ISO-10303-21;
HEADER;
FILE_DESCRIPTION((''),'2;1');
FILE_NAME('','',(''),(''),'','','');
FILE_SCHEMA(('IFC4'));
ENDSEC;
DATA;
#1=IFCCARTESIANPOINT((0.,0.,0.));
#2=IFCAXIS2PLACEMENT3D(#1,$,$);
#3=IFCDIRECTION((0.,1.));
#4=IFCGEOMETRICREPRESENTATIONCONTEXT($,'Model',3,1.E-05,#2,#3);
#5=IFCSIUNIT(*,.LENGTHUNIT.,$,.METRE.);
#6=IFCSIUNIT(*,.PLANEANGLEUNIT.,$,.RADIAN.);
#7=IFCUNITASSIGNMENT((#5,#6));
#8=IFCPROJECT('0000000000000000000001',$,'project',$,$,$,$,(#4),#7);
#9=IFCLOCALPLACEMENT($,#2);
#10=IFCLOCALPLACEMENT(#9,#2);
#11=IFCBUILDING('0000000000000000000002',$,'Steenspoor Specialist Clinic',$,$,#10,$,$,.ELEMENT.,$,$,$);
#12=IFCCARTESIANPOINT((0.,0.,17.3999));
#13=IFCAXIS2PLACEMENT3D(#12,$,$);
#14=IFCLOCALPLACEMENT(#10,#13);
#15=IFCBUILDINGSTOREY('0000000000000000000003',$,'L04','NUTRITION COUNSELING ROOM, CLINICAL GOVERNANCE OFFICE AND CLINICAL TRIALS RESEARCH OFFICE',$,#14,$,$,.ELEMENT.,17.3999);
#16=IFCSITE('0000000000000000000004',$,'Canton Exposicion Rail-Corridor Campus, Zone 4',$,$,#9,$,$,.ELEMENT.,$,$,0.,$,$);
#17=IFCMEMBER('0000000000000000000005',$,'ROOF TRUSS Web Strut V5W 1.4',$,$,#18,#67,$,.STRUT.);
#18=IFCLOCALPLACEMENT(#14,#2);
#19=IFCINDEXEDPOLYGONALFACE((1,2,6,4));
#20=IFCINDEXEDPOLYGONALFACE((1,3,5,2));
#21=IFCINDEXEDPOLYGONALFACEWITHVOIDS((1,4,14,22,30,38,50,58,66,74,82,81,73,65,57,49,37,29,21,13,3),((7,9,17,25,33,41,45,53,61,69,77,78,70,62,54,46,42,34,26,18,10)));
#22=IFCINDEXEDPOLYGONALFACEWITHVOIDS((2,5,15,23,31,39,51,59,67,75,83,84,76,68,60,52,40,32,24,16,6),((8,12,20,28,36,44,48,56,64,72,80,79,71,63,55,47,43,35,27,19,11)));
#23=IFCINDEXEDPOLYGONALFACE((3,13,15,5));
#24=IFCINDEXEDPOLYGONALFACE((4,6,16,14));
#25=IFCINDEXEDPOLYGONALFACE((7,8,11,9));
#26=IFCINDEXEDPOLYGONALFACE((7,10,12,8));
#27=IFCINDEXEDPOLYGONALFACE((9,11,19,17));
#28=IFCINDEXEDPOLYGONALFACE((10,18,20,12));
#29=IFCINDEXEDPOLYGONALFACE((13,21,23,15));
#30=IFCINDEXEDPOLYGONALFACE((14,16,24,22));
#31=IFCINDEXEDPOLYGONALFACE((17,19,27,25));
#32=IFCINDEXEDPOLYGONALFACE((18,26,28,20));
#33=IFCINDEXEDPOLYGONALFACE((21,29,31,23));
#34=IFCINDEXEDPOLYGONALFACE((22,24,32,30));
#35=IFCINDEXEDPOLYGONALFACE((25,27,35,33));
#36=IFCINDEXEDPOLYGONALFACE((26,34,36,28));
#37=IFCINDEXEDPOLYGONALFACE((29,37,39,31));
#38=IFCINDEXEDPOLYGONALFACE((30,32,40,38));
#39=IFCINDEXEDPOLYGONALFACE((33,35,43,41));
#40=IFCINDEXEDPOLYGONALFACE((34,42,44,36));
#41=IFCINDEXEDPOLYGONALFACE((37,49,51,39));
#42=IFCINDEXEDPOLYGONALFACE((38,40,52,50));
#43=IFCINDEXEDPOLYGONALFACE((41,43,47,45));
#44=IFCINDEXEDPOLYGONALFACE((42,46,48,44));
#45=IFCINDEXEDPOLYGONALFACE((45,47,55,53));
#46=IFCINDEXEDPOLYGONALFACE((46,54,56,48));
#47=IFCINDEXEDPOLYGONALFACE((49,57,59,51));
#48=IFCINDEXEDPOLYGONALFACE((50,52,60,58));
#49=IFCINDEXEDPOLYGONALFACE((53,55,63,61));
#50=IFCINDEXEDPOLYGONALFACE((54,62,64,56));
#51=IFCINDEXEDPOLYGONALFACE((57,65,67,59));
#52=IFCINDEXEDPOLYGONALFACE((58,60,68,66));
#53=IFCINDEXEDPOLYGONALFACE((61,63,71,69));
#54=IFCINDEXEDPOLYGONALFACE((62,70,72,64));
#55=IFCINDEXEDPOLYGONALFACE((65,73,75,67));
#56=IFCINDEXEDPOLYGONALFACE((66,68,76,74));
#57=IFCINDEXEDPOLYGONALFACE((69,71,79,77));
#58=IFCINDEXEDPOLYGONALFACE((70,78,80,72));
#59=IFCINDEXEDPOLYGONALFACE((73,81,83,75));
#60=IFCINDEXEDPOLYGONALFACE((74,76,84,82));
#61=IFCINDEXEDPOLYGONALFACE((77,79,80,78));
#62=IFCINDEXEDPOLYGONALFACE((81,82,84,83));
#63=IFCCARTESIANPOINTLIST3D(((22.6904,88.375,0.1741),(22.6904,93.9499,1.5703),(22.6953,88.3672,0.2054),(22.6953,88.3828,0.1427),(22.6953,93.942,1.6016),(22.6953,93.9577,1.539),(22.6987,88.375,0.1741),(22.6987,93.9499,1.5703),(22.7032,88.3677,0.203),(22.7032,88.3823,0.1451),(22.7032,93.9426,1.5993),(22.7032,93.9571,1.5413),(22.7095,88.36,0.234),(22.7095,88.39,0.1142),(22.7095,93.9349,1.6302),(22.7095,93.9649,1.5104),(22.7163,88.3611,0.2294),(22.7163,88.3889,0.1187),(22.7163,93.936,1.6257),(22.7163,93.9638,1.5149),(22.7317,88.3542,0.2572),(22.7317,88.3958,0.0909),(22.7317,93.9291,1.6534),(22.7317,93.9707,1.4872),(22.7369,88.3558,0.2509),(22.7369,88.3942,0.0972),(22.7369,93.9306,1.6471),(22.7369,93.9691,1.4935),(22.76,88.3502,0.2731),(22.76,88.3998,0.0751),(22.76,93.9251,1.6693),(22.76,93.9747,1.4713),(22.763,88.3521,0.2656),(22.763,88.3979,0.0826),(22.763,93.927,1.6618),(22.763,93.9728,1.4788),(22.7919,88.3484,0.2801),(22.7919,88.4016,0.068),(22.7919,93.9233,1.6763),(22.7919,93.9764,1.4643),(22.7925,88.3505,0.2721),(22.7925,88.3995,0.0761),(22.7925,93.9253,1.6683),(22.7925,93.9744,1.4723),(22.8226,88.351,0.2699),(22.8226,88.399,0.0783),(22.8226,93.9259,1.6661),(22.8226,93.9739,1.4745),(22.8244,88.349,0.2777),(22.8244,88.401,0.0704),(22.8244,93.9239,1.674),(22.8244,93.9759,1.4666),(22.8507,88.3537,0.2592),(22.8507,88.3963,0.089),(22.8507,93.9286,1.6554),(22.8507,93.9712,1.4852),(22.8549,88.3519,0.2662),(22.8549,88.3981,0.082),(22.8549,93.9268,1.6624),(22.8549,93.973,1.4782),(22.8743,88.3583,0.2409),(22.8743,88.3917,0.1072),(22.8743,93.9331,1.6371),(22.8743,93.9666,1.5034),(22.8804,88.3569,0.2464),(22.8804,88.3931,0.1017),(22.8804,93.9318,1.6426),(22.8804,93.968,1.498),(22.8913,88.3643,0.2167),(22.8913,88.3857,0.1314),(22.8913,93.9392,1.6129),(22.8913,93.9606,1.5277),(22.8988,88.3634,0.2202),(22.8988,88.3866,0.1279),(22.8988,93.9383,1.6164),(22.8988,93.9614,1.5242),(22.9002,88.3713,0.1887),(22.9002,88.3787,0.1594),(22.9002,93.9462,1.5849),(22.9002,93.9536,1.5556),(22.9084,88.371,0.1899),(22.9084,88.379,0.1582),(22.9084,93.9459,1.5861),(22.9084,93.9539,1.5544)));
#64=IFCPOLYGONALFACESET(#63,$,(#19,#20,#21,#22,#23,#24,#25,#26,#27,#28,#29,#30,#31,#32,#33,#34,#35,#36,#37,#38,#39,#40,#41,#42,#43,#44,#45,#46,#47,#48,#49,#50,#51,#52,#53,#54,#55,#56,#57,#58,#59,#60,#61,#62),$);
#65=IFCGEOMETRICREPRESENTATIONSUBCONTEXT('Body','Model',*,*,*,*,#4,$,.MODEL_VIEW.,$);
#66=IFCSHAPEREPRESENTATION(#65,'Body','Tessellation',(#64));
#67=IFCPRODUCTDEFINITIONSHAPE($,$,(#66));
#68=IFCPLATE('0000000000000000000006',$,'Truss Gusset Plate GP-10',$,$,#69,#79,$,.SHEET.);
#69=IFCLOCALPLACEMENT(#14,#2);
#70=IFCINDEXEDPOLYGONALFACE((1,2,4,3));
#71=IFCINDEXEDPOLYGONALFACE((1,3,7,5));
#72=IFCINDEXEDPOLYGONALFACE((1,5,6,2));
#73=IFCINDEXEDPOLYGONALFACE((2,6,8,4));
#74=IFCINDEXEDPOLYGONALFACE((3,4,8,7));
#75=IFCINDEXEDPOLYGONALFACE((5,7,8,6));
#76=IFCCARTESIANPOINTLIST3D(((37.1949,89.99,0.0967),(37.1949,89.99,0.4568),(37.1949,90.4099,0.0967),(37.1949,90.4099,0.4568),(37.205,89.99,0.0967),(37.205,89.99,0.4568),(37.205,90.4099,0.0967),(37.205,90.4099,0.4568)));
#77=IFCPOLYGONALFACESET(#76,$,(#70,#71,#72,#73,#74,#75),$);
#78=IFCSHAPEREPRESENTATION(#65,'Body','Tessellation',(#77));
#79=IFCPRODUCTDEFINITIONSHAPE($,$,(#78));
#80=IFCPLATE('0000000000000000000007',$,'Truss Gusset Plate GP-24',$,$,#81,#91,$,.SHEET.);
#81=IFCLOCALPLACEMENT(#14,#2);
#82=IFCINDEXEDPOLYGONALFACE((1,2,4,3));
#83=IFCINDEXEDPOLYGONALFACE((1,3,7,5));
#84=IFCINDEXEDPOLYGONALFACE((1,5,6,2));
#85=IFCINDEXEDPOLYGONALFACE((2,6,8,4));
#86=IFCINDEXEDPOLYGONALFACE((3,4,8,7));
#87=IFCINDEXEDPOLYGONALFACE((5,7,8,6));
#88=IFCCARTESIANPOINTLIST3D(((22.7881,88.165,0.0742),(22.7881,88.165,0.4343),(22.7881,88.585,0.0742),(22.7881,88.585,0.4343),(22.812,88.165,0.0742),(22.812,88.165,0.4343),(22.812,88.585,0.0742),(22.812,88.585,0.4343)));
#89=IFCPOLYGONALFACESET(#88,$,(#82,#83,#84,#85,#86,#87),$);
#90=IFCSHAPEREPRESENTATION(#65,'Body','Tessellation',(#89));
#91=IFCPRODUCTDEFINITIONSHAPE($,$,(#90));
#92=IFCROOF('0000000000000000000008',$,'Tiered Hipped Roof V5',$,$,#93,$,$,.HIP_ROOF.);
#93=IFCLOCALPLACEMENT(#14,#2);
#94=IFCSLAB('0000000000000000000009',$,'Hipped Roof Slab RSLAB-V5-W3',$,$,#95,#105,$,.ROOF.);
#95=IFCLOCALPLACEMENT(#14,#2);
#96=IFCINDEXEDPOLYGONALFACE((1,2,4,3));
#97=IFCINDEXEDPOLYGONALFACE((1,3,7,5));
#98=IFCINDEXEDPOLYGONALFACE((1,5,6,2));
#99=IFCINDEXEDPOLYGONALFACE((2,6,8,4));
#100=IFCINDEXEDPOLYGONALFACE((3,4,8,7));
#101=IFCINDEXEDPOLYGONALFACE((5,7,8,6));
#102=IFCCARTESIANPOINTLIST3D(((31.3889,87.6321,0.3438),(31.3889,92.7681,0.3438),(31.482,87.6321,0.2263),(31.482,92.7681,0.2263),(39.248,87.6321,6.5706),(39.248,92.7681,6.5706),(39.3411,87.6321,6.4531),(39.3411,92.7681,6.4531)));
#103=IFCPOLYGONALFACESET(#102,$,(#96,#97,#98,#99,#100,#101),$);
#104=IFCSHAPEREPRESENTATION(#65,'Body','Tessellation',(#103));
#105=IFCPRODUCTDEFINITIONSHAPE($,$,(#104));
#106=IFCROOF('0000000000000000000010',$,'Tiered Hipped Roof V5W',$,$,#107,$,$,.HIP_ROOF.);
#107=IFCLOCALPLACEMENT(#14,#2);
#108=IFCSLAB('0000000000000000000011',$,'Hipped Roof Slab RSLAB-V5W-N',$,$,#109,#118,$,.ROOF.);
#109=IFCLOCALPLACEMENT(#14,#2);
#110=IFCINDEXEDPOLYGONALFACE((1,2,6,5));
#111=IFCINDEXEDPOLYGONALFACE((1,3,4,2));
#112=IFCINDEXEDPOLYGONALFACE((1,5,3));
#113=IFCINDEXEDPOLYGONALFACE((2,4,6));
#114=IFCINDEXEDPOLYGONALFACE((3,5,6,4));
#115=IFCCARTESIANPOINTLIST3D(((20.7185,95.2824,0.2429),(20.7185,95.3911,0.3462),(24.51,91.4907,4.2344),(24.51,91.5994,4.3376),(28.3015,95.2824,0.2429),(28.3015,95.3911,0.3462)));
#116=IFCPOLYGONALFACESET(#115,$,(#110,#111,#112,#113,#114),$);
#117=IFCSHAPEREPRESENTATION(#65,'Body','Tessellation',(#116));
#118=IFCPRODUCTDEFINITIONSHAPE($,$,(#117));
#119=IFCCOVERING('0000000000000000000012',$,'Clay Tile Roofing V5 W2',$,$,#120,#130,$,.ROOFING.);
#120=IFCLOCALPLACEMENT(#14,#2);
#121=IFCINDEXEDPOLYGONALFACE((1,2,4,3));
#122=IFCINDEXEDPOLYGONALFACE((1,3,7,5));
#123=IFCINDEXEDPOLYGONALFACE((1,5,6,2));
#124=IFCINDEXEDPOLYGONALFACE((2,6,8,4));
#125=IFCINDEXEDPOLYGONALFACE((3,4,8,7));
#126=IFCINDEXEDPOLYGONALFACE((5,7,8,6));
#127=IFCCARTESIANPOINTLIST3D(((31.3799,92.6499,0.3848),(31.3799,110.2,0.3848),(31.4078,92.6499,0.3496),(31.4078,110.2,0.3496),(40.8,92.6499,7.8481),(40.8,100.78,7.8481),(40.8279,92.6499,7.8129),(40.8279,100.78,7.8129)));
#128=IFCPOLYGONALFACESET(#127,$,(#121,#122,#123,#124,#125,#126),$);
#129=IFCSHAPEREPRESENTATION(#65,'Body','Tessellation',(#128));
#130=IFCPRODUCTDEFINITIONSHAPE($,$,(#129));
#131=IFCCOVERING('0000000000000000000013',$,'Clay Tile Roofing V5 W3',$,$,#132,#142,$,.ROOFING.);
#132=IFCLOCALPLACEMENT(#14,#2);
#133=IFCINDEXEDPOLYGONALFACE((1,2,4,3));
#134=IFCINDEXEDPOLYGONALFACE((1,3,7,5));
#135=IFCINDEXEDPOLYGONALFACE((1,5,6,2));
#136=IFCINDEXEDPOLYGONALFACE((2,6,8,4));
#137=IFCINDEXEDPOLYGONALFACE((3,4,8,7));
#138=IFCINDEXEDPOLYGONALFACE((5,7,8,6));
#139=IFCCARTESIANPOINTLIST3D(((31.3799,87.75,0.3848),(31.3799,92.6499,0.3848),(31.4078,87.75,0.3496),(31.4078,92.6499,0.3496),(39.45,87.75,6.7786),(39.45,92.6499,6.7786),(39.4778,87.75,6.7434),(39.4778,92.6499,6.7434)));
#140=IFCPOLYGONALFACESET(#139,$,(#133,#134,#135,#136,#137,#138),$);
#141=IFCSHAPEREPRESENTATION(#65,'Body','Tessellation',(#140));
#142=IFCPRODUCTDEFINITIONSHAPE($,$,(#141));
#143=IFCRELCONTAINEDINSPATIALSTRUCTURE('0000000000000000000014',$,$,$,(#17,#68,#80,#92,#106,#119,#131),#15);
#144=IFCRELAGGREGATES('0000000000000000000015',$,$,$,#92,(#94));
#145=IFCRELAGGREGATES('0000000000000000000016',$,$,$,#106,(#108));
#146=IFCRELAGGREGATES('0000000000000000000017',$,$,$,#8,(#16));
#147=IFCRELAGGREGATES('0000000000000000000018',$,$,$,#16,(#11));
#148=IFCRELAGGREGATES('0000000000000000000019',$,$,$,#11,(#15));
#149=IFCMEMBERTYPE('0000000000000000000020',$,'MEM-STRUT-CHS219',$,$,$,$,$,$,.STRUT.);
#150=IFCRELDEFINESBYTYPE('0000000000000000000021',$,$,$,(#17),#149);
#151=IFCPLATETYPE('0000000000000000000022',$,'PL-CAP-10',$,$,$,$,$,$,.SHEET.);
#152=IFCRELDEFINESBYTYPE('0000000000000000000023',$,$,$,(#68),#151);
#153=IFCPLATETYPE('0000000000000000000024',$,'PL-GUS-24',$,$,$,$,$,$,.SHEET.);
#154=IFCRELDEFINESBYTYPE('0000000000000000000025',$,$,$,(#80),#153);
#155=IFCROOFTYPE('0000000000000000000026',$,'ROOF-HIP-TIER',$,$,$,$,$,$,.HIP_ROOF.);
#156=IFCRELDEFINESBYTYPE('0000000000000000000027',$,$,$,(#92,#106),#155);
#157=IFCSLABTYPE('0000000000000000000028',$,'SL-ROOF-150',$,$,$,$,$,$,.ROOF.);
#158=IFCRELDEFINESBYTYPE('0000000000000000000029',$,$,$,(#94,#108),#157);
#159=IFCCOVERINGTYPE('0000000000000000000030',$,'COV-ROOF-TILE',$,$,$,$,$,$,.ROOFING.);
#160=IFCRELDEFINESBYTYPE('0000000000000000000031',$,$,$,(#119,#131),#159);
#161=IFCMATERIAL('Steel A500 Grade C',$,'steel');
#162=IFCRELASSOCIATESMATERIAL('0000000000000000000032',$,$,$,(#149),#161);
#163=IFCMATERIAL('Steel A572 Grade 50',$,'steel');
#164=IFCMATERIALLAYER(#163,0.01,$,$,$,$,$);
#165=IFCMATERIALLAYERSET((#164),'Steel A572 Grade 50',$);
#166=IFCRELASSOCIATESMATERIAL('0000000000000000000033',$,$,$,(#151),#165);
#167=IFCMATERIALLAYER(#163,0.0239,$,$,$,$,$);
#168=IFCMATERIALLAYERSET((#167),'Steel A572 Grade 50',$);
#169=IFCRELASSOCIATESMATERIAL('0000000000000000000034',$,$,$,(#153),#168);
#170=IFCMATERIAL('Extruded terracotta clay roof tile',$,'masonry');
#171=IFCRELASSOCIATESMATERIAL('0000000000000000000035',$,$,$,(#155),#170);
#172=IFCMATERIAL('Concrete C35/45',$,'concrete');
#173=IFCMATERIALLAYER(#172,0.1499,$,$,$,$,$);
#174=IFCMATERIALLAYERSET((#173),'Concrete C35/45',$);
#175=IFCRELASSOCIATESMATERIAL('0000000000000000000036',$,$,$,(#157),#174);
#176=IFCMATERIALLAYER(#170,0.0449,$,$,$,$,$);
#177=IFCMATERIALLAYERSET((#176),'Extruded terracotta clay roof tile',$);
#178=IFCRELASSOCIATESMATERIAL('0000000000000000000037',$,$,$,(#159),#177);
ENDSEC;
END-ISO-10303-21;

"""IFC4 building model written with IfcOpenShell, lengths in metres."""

from ifc_helpers import new_model, si_unit, direction, frame, origin, origin_2d, place, context, subcontext, project, spatial, polyline, rectangle, hollow_circle, outline, extrude, material, layer, layer_set, material_profile, profile_set, type_object, element, aggregate, save


model = new_model("IFC4")

# Units and contexts
model_context = context("Model", 3, precision=1e-05, world=origin(), true_north=direction((0.0, 1.0)))
body_context = subcontext(model_context, "Body", "Model", "MODEL_VIEW")
ifc_project = project(units=[si_unit("LENGTHUNIT", "METRE"), si_unit("PLANEANGLEUNIT", "RADIAN")], contexts=[model_context])

# Site, building, storey
site_placement = place(None, origin())
site = spatial("IfcSite", under=ifc_project, at=site_placement, Name="Canton Exposicion Rail-Corridor Campus, Zone 4", CompositionType="ELEMENT", RefElevation=0.0)
building_placement = place(site_placement, origin())
building = spatial("IfcBuilding", under=site, at=building_placement, Name="Steenspoor Specialist Clinic", CompositionType="ELEMENT")
storey_placement = place(building_placement, frame((0.0, 0.0, 17.3999)))
storey = spatial("IfcBuildingStorey", under=building, at=storey_placement, Name="L04", Description="NUTRITION COUNSELING ROOM, CLINICAL GOVERNANCE OFFICE AND CLINICAL TRIALS RESEARCH OFFICE", CompositionType="ELEMENT", Elevation=17.3999)

# Member
ifc_material_1 = material(Name="Steel A500 Grade C", Category="steel")
ifc_material_profile_1 = material_profile(ifc_material_1, hollow_circle(Radius=0.1096, WallThickness=0.0083, at=origin_2d()), Name="CHS219X8.2")
ifc_profile_set_1 = profile_set([ifc_material_profile_1], Name="Steel A500 Grade C")
member_type_1 = type_object("IfcMemberType", Name="MEM-STRUT-CHS219", PredefinedType="STRUT", material=ifc_profile_set_1)
member_1_placement = place(storey_placement, frame((22.8, 88.375, 0.1741), z_axis=(0.0, 0.97004, 0.242945), x_axis=(-1.0, 0.0, 0.0)))
element("IfcMember", 1, at=member_1_placement, inside=storey, type_object=member_type_1, Name="ROOF TRUSS Web Strut V5W 1.4", PredefinedType="STRUT", context=body_context, shape_type="SweptSolid", body=[
    extrude(hollow_circle(Radius=0.1096, WallThickness=0.0083, at=origin_2d()), origin(), (0.0, 0.0, 1.0), 5.7471),
])

# Plates
ifc_material_2 = material(Name="Steel A572 Grade 50", Category="steel")
ifc_layer_1 = layer(ifc_material_2, 0.01)
ifc_layer_set_1 = layer_set([ifc_layer_1], Name="Steel A572 Grade 50")
plate_type_1 = type_object("IfcPlateType", Name="PL-CAP-10", PredefinedType="SHEET", material=ifc_layer_set_1)
plate_1_placement = place(storey_placement, frame((37.2, 90.2, 0.0967), z_axis=(0.0, 0.0, 1.0), x_axis=(1.0, 0.0, 0.0)))
element("IfcPlate", 2, at=plate_1_placement, inside=storey, type_object=plate_type_1, Name="Truss Gusset Plate GP-10", PredefinedType="SHEET", context=body_context, shape_type="SweptSolid", body=[
    extrude(rectangle(XDim=0.01, YDim=0.4199, at=origin_2d()), origin(), (0.0, 0.0, 1.0), 0.3601),
])
ifc_layer_2 = layer(ifc_material_2, 0.0239)
ifc_layer_set_2 = layer_set([ifc_layer_2], Name="Steel A572 Grade 50")
plate_type_2 = type_object("IfcPlateType", Name="PL-GUS-24", PredefinedType="SHEET", material=ifc_layer_set_2)
plate_2_placement = place(storey_placement, frame((22.8, 88.375, 0.0742), z_axis=(0.0, 0.0, 1.0), x_axis=(1.0, 0.0, 0.0)))
element("IfcPlate", 3, at=plate_2_placement, inside=storey, type_object=plate_type_2, Name="Truss Gusset Plate GP-24", PredefinedType="SHEET", context=body_context, shape_type="SweptSolid", body=[
    extrude(rectangle(XDim=0.0239, YDim=0.4199, at=origin_2d()), origin(), (0.0, 0.0, 1.0), 0.3601),
])

# Roofs, slabs
ifc_material_3 = material(Name="Extruded terracotta clay roof tile", Category="masonry")
roof_type = type_object("IfcRoofType", Name="ROOF-HIP-TIER", PredefinedType="HIP_ROOF", material=ifc_material_3)
roof_1_placement = place(storey_placement, origin())
roof_1 = element("IfcRoof", 4, at=roof_1_placement, inside=storey, type_object=roof_type, Name="Tiered Hipped Roof V5", PredefinedType="HIP_ROOF")
ifc_material_4 = material(Name="Concrete C35/45", Category="concrete")
ifc_layer_3 = layer(ifc_material_4, 0.1499)
ifc_layer_set_3 = layer_set([ifc_layer_3], Name="Concrete C35/45")
slab_type = type_object("IfcSlabType", Name="SL-ROOF-150", PredefinedType="ROOF", material=ifc_layer_set_3)
slab_1_placement = place(storey_placement, frame((31.3889, 92.7681, 0.3438), z_axis=(-0.621009, 0.0, 0.783803), x_axis=(0.0, -1.0, 0.0)))
slab_1 = element("IfcSlab", 5, at=slab_1_placement, type_object=slab_type, Name="Hipped Roof Slab RSLAB-V5-W3", PredefinedType="ROOF", context=body_context, shape_type="SweptSolid", body=[
    extrude(outline(polyline([(0.0, 0.0), (5.136, 0.0), (5.136, 10.0269), (0.0, 10.0269), (0.0, 0.0)])), origin(), (0.0, 0.0, -1.0), 0.1499),
])
aggregate(roof_1, [slab_1])
roof_2_placement = place(storey_placement, origin())
roof_2 = element("IfcRoof", 6, at=roof_2_placement, inside=storey, type_object=roof_type, Name="Tiered Hipped Roof V5W", PredefinedType="HIP_ROOF")
slab_2_placement = place(storey_placement, frame((24.51, 91.5994, 4.3376), z_axis=(0.0, 0.725012, 0.688737), x_axis=(0.567195, 0.567232, -0.597107)))
slab_2 = element("IfcSlab", 7, at=slab_2_placement, type_object=slab_type, Name="Hipped Roof Slab RSLAB-V5W-N", PredefinedType="ROOF", context=body_context, shape_type="SweptSolid", body=[
    extrude(outline(polyline([(0.0, 0.0), (6.6847, 0.0), (2.3836, 6.2452), (0.0, 0.0)])), origin(), (0.0, 0.0, -1.0), 0.1499),
])
aggregate(roof_2, [slab_2])

# Coverings
ifc_layer_4 = layer(ifc_material_3, 0.0449)
ifc_layer_set_4 = layer_set([ifc_layer_4], Name="Extruded terracotta clay roof tile")
covering_type = type_object("IfcCoveringType", Name="COV-ROOF-TILE", PredefinedType="ROOFING", material=ifc_layer_set_4)
covering_1_placement = place(storey_placement, frame((31.3799, 92.6499, 0.3848), z_axis=(-0.620997, 0.0, 0.783813), x_axis=(0.783813, 0.0, 0.620997)))
element("IfcCovering", 8, at=covering_1_placement, inside=storey, type_object=covering_type, Name="Clay Tile Roofing V5 W2", PredefinedType="ROOFING", context=body_context, shape_type="SweptSolid", body=[
    extrude(outline(polyline([(0.0, 0.0), (12.0184, 0.0), (12.0184, 8.1301), (0.0, 17.55), (0.0, 0.0)])), origin(), (0.0, 0.0, -1.0), 0.0449),
])
covering_2_placement = place(storey_placement, frame((31.3799, 87.75, 0.3848), z_axis=(-0.621001, 0.0, 0.78381), x_axis=(0.78381, 0.0, 0.621001)))
element("IfcCovering", 9, at=covering_2_placement, inside=storey, type_object=covering_type, Name="Clay Tile Roofing V5 W3", PredefinedType="ROOFING", context=body_context, shape_type="SweptSolid", body=[
    extrude(outline(polyline([(0.0, 0.0), (10.296, 0.0), (10.296, 4.8999), (0.0, 4.8999), (0.0, 0.0)])), origin(), (0.0, 0.0, -1.0), 0.0449),
])

save(model, "model.ifc")
